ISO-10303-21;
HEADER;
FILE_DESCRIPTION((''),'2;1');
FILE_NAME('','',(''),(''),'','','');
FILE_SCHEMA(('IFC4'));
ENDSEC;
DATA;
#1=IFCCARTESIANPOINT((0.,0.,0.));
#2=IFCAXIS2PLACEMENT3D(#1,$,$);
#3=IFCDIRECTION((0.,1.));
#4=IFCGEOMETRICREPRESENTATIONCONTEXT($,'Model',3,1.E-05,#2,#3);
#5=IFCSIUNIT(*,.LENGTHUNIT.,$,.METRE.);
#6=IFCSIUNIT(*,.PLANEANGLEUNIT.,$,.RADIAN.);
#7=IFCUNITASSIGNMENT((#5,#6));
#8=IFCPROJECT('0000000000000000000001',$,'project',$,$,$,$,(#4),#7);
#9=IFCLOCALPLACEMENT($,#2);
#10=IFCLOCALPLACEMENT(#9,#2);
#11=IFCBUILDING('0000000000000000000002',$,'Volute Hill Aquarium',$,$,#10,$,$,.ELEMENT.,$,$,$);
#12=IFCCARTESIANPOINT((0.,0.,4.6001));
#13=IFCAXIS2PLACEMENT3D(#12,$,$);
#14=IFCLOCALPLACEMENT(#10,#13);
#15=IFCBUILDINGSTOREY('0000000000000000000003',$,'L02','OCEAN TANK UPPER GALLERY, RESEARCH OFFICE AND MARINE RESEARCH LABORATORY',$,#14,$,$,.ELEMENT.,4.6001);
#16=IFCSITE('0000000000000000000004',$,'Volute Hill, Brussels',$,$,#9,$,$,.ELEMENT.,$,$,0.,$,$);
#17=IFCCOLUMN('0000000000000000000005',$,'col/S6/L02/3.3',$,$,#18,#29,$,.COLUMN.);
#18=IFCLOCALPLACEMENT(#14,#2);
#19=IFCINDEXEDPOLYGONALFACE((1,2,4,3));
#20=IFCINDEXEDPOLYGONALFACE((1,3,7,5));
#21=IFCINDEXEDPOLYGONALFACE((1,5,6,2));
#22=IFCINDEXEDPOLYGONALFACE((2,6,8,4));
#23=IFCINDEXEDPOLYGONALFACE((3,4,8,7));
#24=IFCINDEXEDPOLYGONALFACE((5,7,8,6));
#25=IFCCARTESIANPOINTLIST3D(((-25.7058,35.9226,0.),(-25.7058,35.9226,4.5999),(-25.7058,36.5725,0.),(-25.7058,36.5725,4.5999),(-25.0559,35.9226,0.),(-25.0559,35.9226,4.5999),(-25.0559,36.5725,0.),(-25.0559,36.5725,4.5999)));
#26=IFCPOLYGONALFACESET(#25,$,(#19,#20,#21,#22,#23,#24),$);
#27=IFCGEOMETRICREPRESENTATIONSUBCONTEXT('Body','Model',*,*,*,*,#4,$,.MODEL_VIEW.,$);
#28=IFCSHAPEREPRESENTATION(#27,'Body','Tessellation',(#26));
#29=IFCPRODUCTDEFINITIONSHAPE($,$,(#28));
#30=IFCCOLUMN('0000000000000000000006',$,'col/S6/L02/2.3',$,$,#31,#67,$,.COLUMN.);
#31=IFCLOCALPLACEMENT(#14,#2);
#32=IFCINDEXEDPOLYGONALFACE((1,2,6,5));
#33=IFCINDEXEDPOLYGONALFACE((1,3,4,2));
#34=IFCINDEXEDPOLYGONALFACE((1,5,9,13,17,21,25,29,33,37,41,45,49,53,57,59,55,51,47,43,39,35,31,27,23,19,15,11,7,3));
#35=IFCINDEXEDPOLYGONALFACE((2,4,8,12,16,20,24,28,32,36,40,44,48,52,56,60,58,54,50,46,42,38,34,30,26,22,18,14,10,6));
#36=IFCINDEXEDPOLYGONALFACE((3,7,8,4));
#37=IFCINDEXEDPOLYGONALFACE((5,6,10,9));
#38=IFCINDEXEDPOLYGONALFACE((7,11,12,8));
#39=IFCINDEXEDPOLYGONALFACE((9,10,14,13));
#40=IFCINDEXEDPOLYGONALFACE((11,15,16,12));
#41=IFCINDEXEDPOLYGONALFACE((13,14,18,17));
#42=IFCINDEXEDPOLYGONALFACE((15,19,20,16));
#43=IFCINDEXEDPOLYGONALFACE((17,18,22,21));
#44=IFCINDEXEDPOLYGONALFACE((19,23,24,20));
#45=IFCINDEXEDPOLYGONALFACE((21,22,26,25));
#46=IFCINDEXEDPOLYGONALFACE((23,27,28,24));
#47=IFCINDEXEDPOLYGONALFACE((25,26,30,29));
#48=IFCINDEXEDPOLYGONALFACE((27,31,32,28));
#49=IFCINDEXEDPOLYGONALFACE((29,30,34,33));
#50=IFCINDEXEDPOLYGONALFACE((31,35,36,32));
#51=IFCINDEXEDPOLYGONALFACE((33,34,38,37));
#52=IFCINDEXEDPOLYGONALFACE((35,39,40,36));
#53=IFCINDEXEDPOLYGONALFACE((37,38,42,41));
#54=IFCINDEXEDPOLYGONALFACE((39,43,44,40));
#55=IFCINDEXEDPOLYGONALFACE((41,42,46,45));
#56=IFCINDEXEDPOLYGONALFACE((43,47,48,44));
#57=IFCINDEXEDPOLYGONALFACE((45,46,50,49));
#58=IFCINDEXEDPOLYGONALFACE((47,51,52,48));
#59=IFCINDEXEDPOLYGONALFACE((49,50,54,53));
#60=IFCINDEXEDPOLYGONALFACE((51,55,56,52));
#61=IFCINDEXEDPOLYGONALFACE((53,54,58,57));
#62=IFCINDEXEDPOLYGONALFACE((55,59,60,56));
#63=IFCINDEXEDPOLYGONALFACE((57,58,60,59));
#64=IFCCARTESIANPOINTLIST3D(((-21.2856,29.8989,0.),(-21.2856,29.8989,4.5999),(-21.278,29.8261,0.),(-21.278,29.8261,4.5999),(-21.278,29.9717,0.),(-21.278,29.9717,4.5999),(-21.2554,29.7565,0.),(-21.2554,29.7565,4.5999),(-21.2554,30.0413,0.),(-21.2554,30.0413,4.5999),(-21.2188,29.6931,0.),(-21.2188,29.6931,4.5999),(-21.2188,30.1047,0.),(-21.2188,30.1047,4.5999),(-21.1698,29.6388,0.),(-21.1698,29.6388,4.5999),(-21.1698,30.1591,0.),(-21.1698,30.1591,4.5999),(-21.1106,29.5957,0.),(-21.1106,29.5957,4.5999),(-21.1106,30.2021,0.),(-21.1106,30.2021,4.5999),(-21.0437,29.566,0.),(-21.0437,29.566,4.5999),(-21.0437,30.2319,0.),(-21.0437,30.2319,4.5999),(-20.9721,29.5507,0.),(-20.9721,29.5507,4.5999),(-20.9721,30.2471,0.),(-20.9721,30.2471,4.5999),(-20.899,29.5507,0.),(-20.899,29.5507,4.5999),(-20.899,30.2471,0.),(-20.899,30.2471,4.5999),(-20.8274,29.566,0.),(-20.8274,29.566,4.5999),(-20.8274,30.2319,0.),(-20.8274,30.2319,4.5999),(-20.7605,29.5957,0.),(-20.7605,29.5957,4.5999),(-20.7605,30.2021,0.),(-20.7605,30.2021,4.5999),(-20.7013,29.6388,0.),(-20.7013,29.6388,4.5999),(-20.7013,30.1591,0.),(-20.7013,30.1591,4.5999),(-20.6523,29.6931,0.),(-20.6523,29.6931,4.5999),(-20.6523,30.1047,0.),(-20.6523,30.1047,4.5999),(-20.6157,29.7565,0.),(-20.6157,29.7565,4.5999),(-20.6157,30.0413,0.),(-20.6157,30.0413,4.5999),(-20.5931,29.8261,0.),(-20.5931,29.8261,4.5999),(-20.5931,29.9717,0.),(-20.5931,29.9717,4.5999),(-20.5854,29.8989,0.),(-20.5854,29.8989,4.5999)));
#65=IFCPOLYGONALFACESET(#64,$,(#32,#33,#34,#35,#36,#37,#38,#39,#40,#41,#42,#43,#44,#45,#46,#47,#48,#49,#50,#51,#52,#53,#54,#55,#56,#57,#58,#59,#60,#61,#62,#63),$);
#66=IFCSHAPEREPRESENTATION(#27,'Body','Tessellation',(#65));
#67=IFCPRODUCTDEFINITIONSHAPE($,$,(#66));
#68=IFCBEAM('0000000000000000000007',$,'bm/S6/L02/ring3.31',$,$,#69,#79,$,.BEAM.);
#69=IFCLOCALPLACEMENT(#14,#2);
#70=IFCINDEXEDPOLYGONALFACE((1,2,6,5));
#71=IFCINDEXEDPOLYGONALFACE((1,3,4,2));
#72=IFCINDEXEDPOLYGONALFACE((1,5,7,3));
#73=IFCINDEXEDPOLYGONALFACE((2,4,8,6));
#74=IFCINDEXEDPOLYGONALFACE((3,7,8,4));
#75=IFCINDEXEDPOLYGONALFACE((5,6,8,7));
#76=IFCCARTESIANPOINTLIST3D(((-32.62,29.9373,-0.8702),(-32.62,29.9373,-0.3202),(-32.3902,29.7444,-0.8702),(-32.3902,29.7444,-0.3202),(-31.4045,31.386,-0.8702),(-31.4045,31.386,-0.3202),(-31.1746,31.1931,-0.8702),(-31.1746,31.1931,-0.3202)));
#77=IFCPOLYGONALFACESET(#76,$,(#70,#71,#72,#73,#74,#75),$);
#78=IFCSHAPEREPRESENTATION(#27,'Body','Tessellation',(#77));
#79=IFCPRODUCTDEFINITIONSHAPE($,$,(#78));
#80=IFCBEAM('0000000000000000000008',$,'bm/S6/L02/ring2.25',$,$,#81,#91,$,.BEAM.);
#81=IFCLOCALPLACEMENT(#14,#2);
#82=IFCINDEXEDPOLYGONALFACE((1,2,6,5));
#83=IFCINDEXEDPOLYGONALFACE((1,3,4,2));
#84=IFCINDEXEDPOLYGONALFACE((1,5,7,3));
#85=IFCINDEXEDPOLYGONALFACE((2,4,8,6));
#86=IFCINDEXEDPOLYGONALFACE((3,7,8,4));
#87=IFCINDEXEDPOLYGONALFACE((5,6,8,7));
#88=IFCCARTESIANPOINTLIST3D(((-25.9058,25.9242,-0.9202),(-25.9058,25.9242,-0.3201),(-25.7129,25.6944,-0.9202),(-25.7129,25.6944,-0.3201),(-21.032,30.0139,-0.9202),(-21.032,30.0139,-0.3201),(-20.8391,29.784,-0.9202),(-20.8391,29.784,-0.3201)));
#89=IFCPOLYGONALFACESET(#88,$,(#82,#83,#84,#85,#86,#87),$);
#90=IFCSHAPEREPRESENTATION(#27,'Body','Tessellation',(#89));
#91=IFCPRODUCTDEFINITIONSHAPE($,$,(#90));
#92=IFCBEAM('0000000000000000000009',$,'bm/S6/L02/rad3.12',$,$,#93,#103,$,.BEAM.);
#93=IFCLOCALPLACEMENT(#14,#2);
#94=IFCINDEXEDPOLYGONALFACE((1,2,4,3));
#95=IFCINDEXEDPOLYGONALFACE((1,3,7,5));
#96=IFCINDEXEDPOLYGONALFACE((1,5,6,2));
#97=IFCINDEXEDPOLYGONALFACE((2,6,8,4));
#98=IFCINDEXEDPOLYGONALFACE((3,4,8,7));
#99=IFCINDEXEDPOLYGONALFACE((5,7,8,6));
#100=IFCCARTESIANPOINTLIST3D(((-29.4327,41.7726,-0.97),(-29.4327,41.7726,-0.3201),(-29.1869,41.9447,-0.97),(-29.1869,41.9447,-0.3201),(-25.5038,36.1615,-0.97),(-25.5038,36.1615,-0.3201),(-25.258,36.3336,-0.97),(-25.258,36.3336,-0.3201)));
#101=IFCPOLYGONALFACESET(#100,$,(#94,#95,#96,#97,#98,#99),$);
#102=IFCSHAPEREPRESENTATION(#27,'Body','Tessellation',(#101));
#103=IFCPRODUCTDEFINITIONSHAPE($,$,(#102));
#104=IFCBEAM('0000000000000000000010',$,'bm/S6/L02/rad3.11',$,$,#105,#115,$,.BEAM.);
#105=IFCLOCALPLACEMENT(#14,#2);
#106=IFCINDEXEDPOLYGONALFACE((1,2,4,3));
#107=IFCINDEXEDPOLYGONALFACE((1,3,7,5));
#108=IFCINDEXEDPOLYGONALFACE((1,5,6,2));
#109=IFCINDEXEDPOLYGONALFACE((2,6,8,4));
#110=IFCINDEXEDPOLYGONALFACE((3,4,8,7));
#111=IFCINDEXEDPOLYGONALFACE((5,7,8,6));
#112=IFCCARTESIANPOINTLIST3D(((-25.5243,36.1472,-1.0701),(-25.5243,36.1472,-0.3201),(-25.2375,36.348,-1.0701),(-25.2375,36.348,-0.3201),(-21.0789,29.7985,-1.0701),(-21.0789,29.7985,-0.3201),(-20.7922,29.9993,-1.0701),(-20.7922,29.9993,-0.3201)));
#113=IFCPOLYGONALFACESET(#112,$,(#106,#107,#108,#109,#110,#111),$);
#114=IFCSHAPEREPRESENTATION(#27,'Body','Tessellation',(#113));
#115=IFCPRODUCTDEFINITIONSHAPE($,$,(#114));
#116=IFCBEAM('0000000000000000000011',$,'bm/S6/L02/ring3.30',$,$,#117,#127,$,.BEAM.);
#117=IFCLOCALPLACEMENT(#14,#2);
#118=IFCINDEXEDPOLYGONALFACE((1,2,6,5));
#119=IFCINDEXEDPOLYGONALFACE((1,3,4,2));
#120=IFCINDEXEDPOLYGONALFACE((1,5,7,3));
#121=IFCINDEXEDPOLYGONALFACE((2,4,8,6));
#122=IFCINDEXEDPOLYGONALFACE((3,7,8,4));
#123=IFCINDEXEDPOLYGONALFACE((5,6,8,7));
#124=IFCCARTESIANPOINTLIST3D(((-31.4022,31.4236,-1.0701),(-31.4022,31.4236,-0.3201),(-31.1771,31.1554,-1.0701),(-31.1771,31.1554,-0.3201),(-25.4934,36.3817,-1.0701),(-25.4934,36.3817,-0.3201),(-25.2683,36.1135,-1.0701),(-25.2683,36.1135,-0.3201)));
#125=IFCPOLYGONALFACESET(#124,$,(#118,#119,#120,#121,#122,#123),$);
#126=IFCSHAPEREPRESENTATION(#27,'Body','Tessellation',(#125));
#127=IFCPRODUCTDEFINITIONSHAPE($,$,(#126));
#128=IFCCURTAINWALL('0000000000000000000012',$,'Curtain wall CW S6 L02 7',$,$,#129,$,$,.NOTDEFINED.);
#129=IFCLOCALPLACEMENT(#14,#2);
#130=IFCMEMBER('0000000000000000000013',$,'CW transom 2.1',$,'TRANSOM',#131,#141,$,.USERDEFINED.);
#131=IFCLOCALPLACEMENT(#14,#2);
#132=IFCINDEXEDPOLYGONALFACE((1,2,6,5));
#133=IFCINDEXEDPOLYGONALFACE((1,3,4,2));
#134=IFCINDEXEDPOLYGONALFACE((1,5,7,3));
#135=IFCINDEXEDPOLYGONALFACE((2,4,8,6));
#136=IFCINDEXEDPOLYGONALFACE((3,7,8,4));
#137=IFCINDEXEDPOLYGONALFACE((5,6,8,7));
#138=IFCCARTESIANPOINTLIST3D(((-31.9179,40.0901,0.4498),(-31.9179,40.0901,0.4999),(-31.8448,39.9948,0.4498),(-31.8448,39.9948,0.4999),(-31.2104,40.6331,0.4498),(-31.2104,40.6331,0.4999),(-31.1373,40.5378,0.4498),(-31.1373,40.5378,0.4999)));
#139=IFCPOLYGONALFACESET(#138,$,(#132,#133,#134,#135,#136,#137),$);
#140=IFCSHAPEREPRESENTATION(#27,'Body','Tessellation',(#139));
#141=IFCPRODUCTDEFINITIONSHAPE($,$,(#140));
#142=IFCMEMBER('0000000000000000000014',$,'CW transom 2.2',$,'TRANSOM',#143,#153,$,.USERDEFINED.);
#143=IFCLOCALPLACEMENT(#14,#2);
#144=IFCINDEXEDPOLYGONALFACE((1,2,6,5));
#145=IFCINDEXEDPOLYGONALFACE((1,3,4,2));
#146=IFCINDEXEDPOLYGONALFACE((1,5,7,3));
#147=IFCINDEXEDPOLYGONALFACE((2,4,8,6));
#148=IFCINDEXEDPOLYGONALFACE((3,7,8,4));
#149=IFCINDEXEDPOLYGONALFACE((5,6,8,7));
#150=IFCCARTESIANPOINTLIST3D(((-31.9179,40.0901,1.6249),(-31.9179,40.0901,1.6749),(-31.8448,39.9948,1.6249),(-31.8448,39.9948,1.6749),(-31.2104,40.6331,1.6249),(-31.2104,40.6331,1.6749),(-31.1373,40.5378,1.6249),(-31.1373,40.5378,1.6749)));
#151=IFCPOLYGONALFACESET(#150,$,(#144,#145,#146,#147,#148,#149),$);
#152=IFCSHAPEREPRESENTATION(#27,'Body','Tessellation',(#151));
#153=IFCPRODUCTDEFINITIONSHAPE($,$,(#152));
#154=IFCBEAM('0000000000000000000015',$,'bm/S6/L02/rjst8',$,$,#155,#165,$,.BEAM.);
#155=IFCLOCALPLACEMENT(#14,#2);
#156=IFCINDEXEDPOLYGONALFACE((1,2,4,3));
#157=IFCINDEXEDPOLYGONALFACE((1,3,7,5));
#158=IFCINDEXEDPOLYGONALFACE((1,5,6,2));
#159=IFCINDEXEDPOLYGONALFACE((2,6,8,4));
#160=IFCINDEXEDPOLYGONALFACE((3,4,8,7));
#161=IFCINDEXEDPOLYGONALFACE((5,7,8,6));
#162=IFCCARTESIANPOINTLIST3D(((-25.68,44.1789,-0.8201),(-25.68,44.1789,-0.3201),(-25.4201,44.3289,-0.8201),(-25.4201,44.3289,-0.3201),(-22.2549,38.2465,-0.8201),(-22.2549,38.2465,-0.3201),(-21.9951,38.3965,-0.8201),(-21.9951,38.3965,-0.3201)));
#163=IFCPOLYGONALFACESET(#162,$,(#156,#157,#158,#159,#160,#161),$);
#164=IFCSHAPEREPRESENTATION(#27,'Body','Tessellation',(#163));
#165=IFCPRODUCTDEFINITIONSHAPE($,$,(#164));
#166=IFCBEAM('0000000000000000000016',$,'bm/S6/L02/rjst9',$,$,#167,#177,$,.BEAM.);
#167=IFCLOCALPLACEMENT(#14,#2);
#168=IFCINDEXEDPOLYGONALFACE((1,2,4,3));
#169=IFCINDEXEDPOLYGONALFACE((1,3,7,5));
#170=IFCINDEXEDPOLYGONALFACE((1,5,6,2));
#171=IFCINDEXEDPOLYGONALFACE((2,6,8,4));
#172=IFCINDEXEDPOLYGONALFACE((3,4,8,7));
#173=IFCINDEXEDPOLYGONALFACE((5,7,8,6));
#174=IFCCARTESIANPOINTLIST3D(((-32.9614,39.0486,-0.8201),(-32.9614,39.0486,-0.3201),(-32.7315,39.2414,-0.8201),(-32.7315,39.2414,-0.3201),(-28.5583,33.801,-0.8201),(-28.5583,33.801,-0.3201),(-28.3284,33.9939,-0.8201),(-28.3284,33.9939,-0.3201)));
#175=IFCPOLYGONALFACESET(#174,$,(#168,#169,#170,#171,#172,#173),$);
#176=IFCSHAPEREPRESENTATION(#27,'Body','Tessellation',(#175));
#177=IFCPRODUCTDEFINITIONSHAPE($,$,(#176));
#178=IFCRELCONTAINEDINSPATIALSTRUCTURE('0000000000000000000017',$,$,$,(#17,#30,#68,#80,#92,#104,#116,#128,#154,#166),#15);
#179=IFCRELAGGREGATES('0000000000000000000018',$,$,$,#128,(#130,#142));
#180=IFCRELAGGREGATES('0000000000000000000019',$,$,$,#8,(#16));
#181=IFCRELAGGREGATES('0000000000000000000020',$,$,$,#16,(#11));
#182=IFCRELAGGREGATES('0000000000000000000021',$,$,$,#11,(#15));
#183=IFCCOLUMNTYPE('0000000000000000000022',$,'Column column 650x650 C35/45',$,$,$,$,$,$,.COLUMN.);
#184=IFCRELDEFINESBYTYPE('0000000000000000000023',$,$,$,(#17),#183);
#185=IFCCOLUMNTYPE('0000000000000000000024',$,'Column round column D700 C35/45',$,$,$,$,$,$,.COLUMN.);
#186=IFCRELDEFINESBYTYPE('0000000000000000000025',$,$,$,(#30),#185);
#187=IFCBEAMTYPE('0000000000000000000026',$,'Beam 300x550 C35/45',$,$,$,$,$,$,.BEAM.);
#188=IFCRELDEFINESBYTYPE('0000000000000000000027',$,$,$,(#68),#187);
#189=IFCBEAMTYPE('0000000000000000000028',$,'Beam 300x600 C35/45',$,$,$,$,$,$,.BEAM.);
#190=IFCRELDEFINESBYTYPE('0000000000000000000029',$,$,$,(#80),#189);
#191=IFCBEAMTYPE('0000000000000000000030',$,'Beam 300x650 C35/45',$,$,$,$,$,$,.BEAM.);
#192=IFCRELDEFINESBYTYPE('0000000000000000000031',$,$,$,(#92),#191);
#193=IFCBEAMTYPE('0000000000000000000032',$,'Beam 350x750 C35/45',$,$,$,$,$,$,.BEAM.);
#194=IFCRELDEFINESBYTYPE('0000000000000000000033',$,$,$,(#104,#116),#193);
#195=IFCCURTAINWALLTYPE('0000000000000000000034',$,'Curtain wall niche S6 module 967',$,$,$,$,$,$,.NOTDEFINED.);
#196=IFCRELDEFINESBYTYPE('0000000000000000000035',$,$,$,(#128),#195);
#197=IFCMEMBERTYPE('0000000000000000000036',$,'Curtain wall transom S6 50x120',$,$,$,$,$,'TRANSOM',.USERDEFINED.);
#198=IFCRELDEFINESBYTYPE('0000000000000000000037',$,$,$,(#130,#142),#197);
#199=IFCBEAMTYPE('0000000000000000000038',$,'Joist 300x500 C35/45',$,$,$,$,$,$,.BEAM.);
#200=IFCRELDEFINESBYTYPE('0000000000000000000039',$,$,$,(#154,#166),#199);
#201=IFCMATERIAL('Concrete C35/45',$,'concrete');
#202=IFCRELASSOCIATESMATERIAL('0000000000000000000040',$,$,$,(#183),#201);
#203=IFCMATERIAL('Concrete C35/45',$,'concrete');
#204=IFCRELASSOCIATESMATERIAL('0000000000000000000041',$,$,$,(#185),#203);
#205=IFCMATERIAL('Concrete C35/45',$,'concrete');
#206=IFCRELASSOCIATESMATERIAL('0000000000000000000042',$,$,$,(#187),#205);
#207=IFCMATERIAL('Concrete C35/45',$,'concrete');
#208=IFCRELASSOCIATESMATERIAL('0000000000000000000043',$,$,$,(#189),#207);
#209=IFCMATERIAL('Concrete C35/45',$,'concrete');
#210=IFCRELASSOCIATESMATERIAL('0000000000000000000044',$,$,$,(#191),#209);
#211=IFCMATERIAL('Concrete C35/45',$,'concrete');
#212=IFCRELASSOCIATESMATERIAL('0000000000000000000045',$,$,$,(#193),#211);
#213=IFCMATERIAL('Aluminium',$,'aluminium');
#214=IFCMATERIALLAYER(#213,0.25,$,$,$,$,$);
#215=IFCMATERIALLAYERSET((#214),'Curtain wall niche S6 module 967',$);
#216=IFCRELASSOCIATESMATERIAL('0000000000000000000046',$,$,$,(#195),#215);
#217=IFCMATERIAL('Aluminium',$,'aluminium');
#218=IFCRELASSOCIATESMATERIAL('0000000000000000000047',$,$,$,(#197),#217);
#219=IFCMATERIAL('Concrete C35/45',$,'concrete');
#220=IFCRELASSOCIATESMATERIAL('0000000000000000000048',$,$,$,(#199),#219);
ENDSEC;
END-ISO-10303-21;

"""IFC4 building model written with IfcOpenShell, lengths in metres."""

from ifc_helpers import new_model, si_unit, direction, frame, origin, origin_2d, place, context, subcontext, project, spatial, rectangle, circle, extrude, material, layer, layer_set, material_profile, profile_set, type_object, element, aggregate, save


model = new_model("IFC4")

# Units and contexts
model_context = context("Model", 3, precision=1e-05, world=origin(), true_north=direction((0.0, 1.0)))
body_context = subcontext(model_context, "Body", "Model", "MODEL_VIEW")
ifc_project = project(units=[si_unit("LENGTHUNIT", "METRE"), si_unit("PLANEANGLEUNIT", "RADIAN")], contexts=[model_context])

# Site, building, storey
site_placement = place(None, origin())
site = spatial("IfcSite", under=ifc_project, at=site_placement, Name="Volute Hill, Brussels", CompositionType="ELEMENT", RefElevation=0.0)
building_placement = place(site_placement, origin())
building = spatial("IfcBuilding", under=site, at=building_placement, Name="Volute Hill Aquarium", CompositionType="ELEMENT")
storey_placement = place(building_placement, frame((0.0, 0.0, 4.6001)))
storey = spatial("IfcBuildingStorey", under=building, at=storey_placement, Name="L02", Description="OCEAN TANK UPPER GALLERY, RESEARCH OFFICE AND MARINE RESEARCH LABORATORY", CompositionType="ELEMENT", Elevation=4.6001)

# Columns
ifc_material_1 = material(Name="Concrete C35/45", Category="concrete")
ifc_material_profile_1 = material_profile(ifc_material_1, rectangle(XDim=0.6499, YDim=0.6499, at=origin_2d()), Name="RC column 650x650")
ifc_profile_set_1 = profile_set([ifc_material_profile_1], Name="Concrete C35/45")
column_type_1 = type_object("IfcColumnType", Name="Column column 650x650 C35/45", PredefinedType="COLUMN", material=ifc_profile_set_1)
column_1_placement = place(storey_placement, frame((-25.3809, 36.2476, 0.0), z_axis=(0.0, 0.0, 1.0), x_axis=(1.0, 0.0, 0.0)))
element("IfcColumn", 1, at=column_1_placement, inside=storey, type_object=column_type_1, Name="col/S6/L02/3.3", PredefinedType="COLUMN", context=body_context, shape_type="SweptSolid", body=[
    extrude(rectangle(XDim=0.6499, YDim=0.6499, at=origin_2d()), origin(), (0.0, 0.0, 1.0), 4.5999),
])
ifc_material_2 = material(Name="Concrete C35/45", Category="concrete")
ifc_material_profile_2 = material_profile(ifc_material_2, circle(Radius=0.3501, at=origin_2d()), Name="RC round column D700")
ifc_profile_set_2 = profile_set([ifc_material_profile_2], Name="Concrete C35/45")
column_type_2 = type_object("IfcColumnType", Name="Column round column D700 C35/45", PredefinedType="COLUMN", material=ifc_profile_set_2)
column_2_placement = place(storey_placement, frame((-20.9355, 29.8989, 0.0), z_axis=(0.0, 0.0, 1.0), x_axis=(1.0, 0.0, 0.0)))
element("IfcColumn", 2, at=column_2_placement, inside=storey, type_object=column_type_2, Name="col/S6/L02/2.3", PredefinedType="COLUMN", context=body_context, shape_type="SweptSolid", body=[
    extrude(circle(Radius=0.3501, at=origin_2d()), origin(), (0.0, 0.0, 1.0), 4.5999),
])

# Beams
ifc_material_3 = material(Name="Concrete C35/45", Category="concrete")
ifc_material_profile_3 = material_profile(ifc_material_3, rectangle(XDim=0.3, YDim=0.55, at=origin_2d()), Name="RC beam 300x550")
ifc_profile_set_3 = profile_set([ifc_material_profile_3], Name="Concrete C35/45")
beam_type_1 = type_object("IfcBeamType", Name="Beam 300x550 C35/45", PredefinedType="BEAM", material=ifc_profile_set_3)
beam_1_placement = place(storey_placement, frame((-31.2896, 31.2896, -0.5952), z_axis=(-0.642771, -0.766058, 0.0), x_axis=(0.766058, -0.642771, 0.0)))
element("IfcBeam", 3, at=beam_1_placement, inside=storey, type_object=beam_type_1, Name="bm/S6/L02/ring3.31", PredefinedType="BEAM", context=body_context, shape_type="SweptSolid", body=[
    extrude(rectangle(XDim=0.3, YDim=0.55, at=origin_2d()), origin(), (0.0, 0.0, 1.0), 1.8911),
])
ifc_material_4 = material(Name="Concrete C35/45", Category="concrete")
ifc_material_profile_4 = material_profile(ifc_material_4, rectangle(XDim=0.3, YDim=0.6001, at=origin_2d()), Name="RC beam 300x600")
ifc_profile_set_4 = profile_set([ifc_material_profile_4], Name="Concrete C35/45")
beam_type_2 = type_object("IfcBeamType", Name="Beam 300x600 C35/45", PredefinedType="BEAM", material=ifc_profile_set_4)
beam_2_placement = place(storey_placement, frame((-20.9355, 29.8989, -0.6201), z_axis=(-0.766043, -0.642789, 0.0), x_axis=(0.642789, -0.766043, 0.0)))
element("IfcBeam", 4, at=beam_2_placement, inside=storey, type_object=beam_type_2, Name="bm/S6/L02/ring2.25", PredefinedType="BEAM", context=body_context, shape_type="SweptSolid", body=[
    extrude(rectangle(XDim=0.3, YDim=0.6001, at=origin_2d()), origin(), (0.0, 0.0, 1.0), 6.3623),
])
ifc_material_5 = material(Name="Concrete C35/45", Category="concrete")
ifc_material_profile_5 = material_profile(ifc_material_5, rectangle(XDim=0.3, YDim=0.6499, at=origin_2d()), Name="RC beam 300x650")
ifc_profile_set_5 = profile_set([ifc_material_profile_5], Name="Concrete C35/45")
beam_type_3 = type_object("IfcBeamType", Name="Beam 300x650 C35/45", PredefinedType="BEAM", material=ifc_profile_set_5)
beam_3_placement = place(storey_placement, frame((-25.3809, 36.2476, -0.645), z_axis=(-0.57358, 0.81915, 0.0), x_axis=(-0.81915, -0.57358, 0.0)))
element("IfcBeam", 5, at=beam_3_placement, inside=storey, type_object=beam_type_3, Name="bm/S6/L02/rad3.12", PredefinedType="BEAM", context=body_context, shape_type="SweptSolid", body=[
    extrude(rectangle(XDim=0.3, YDim=0.6499, at=origin_2d()), origin(), (0.0, 0.0, 1.0), 6.8499),
])
ifc_material_6 = material(Name="Concrete C35/45", Category="concrete")
ifc_material_profile_6 = material_profile(ifc_material_6, rectangle(XDim=0.3501, YDim=0.75, at=origin_2d()), Name="RC beam 350x750")
ifc_profile_set_6 = profile_set([ifc_material_profile_6], Name="Concrete C35/45")
beam_type_4 = type_object("IfcBeamType", Name="Beam 350x750 C35/45", PredefinedType="BEAM", material=ifc_profile_set_6)
beam_4_placement = place(storey_placement, frame((-20.9355, 29.8989, -0.6951), z_axis=(-0.573572, 0.819155, 0.0), x_axis=(-0.819155, -0.573572, 0.0)))
element("IfcBeam", 6, at=beam_4_placement, inside=storey, type_object=beam_type_4, Name="bm/S6/L02/rad3.11", PredefinedType="BEAM", context=body_context, shape_type="SweptSolid", body=[
    extrude(rectangle(XDim=0.3501, YDim=0.75, at=origin_2d()), origin(), (0.0, 0.0, 1.0), 7.7502),
])
beam_5_placement = place(storey_placement, frame((-25.3809, 36.2476, -0.6951), z_axis=(-0.766043, -0.64279, 0.0), x_axis=(0.64279, -0.766043, 0.0)))
element("IfcBeam", 7, at=beam_5_placement, inside=storey, type_object=beam_type_4, Name="bm/S6/L02/ring3.30", PredefinedType="BEAM", context=body_context, shape_type="SweptSolid", body=[
    extrude(rectangle(XDim=0.3501, YDim=0.75, at=origin_2d()), origin(), (0.0, 0.0, 1.0), 7.7134),
])

# Curtain wall, members
ifc_material_7 = material(Name="Aluminium", Category="aluminium")
ifc_layer_1 = layer(ifc_material_7, 0.25)
ifc_layer_set_1 = layer_set([ifc_layer_1], Name="Curtain wall niche S6 module 967")
curtain_wall_type = type_object("IfcCurtainWallType", Name="Curtain wall niche S6 module 967", PredefinedType="NOTDEFINED", material=ifc_layer_set_1)
curtain_wall_placement = place(storey_placement, origin())
curtain_wall = element("IfcCurtainWall", 8, at=curtain_wall_placement, inside=storey, type_object=curtain_wall_type, Name="Curtain wall CW S6 L02 7", PredefinedType="NOTDEFINED")
ifc_material_8 = material(Name="Aluminium", Category="aluminium")
ifc_material_profile_7 = material_profile(ifc_material_8, rectangle(XDim=0.1201, YDim=0.05, at=origin_2d()), Name="Curtain wall transom S6 50x120")
ifc_profile_set_7 = profile_set([ifc_material_profile_7], Name="Aluminium")
member_type = type_object("IfcMemberType", Name="Curtain wall transom S6 50x120", ElementType="TRANSOM", PredefinedType="USERDEFINED", material=ifc_profile_set_7)
member_1_placement = place(storey_placement, frame((-31.1738, 40.5854, 0.4749), z_axis=(-0.793315, -0.608811, 0.0), x_axis=(0.608811, -0.793315, 0.0)))
member_1 = element("IfcMember", 9, at=member_1_placement, type_object=member_type, Name="CW transom 2.1", ObjectType="TRANSOM", PredefinedType="USERDEFINED", context=body_context, shape_type="SweptSolid", body=[
    extrude(rectangle(XDim=0.1201, YDim=0.05, at=origin_2d()), origin(), (0.0, 0.0, 1.0), 0.8918),
])
member_2_placement = place(storey_placement, frame((-31.1738, 40.5854, 1.6499), z_axis=(-0.793315, -0.608811, 0.0), x_axis=(0.608811, -0.793315, 0.0)))
member_2 = element("IfcMember", 10, at=member_2_placement, type_object=member_type, Name="CW transom 2.2", ObjectType="TRANSOM", PredefinedType="USERDEFINED", context=body_context, shape_type="SweptSolid", body=[
    extrude(rectangle(XDim=0.1201, YDim=0.05, at=origin_2d()), origin(), (0.0, 0.0, 1.0), 0.8918),
])
aggregate(curtain_wall, [member_1, member_2])

# Beams
ifc_material_9 = material(Name="Concrete C35/45", Category="concrete")
ifc_material_profile_8 = material_profile(ifc_material_9, rectangle(XDim=0.3, YDim=0.5, at=origin_2d()), Name="RC joist 300x500")
ifc_profile_set_8 = profile_set([ifc_material_profile_8], Name="Concrete C35/45")
beam_type_5 = type_object("IfcBeamType", Name="Joist 300x500 C35/45", PredefinedType="BEAM", material=ifc_profile_set_8)
for number, where, z_axis, x_axis, name in (
    (11, (-22.125, 38.3215, -0.5701), (-0.499999, 0.866026, 0.0), (-0.866026, -0.499999, 0.0), "bm/S6/L02/rjst8"),
    (12, (-28.4434, 33.8975, -0.5701), (-0.642775, 0.766055, 0.0), (-0.766055, -0.642775, 0.0), "bm/S6/L02/rjst9"),
):
    element("IfcBeam", number, at=place(storey_placement, frame(where, z_axis=z_axis, x_axis=x_axis)), inside=storey, type_object=beam_type_5, Name=name, PredefinedType="BEAM", context=body_context, shape_type="SweptSolid", body=[
        extrude(rectangle(XDim=0.3, YDim=0.5, at=origin_2d()), origin(), (0.0, 0.0, 1.0), 6.8501),
    ])

save(model, "model.ifc")
